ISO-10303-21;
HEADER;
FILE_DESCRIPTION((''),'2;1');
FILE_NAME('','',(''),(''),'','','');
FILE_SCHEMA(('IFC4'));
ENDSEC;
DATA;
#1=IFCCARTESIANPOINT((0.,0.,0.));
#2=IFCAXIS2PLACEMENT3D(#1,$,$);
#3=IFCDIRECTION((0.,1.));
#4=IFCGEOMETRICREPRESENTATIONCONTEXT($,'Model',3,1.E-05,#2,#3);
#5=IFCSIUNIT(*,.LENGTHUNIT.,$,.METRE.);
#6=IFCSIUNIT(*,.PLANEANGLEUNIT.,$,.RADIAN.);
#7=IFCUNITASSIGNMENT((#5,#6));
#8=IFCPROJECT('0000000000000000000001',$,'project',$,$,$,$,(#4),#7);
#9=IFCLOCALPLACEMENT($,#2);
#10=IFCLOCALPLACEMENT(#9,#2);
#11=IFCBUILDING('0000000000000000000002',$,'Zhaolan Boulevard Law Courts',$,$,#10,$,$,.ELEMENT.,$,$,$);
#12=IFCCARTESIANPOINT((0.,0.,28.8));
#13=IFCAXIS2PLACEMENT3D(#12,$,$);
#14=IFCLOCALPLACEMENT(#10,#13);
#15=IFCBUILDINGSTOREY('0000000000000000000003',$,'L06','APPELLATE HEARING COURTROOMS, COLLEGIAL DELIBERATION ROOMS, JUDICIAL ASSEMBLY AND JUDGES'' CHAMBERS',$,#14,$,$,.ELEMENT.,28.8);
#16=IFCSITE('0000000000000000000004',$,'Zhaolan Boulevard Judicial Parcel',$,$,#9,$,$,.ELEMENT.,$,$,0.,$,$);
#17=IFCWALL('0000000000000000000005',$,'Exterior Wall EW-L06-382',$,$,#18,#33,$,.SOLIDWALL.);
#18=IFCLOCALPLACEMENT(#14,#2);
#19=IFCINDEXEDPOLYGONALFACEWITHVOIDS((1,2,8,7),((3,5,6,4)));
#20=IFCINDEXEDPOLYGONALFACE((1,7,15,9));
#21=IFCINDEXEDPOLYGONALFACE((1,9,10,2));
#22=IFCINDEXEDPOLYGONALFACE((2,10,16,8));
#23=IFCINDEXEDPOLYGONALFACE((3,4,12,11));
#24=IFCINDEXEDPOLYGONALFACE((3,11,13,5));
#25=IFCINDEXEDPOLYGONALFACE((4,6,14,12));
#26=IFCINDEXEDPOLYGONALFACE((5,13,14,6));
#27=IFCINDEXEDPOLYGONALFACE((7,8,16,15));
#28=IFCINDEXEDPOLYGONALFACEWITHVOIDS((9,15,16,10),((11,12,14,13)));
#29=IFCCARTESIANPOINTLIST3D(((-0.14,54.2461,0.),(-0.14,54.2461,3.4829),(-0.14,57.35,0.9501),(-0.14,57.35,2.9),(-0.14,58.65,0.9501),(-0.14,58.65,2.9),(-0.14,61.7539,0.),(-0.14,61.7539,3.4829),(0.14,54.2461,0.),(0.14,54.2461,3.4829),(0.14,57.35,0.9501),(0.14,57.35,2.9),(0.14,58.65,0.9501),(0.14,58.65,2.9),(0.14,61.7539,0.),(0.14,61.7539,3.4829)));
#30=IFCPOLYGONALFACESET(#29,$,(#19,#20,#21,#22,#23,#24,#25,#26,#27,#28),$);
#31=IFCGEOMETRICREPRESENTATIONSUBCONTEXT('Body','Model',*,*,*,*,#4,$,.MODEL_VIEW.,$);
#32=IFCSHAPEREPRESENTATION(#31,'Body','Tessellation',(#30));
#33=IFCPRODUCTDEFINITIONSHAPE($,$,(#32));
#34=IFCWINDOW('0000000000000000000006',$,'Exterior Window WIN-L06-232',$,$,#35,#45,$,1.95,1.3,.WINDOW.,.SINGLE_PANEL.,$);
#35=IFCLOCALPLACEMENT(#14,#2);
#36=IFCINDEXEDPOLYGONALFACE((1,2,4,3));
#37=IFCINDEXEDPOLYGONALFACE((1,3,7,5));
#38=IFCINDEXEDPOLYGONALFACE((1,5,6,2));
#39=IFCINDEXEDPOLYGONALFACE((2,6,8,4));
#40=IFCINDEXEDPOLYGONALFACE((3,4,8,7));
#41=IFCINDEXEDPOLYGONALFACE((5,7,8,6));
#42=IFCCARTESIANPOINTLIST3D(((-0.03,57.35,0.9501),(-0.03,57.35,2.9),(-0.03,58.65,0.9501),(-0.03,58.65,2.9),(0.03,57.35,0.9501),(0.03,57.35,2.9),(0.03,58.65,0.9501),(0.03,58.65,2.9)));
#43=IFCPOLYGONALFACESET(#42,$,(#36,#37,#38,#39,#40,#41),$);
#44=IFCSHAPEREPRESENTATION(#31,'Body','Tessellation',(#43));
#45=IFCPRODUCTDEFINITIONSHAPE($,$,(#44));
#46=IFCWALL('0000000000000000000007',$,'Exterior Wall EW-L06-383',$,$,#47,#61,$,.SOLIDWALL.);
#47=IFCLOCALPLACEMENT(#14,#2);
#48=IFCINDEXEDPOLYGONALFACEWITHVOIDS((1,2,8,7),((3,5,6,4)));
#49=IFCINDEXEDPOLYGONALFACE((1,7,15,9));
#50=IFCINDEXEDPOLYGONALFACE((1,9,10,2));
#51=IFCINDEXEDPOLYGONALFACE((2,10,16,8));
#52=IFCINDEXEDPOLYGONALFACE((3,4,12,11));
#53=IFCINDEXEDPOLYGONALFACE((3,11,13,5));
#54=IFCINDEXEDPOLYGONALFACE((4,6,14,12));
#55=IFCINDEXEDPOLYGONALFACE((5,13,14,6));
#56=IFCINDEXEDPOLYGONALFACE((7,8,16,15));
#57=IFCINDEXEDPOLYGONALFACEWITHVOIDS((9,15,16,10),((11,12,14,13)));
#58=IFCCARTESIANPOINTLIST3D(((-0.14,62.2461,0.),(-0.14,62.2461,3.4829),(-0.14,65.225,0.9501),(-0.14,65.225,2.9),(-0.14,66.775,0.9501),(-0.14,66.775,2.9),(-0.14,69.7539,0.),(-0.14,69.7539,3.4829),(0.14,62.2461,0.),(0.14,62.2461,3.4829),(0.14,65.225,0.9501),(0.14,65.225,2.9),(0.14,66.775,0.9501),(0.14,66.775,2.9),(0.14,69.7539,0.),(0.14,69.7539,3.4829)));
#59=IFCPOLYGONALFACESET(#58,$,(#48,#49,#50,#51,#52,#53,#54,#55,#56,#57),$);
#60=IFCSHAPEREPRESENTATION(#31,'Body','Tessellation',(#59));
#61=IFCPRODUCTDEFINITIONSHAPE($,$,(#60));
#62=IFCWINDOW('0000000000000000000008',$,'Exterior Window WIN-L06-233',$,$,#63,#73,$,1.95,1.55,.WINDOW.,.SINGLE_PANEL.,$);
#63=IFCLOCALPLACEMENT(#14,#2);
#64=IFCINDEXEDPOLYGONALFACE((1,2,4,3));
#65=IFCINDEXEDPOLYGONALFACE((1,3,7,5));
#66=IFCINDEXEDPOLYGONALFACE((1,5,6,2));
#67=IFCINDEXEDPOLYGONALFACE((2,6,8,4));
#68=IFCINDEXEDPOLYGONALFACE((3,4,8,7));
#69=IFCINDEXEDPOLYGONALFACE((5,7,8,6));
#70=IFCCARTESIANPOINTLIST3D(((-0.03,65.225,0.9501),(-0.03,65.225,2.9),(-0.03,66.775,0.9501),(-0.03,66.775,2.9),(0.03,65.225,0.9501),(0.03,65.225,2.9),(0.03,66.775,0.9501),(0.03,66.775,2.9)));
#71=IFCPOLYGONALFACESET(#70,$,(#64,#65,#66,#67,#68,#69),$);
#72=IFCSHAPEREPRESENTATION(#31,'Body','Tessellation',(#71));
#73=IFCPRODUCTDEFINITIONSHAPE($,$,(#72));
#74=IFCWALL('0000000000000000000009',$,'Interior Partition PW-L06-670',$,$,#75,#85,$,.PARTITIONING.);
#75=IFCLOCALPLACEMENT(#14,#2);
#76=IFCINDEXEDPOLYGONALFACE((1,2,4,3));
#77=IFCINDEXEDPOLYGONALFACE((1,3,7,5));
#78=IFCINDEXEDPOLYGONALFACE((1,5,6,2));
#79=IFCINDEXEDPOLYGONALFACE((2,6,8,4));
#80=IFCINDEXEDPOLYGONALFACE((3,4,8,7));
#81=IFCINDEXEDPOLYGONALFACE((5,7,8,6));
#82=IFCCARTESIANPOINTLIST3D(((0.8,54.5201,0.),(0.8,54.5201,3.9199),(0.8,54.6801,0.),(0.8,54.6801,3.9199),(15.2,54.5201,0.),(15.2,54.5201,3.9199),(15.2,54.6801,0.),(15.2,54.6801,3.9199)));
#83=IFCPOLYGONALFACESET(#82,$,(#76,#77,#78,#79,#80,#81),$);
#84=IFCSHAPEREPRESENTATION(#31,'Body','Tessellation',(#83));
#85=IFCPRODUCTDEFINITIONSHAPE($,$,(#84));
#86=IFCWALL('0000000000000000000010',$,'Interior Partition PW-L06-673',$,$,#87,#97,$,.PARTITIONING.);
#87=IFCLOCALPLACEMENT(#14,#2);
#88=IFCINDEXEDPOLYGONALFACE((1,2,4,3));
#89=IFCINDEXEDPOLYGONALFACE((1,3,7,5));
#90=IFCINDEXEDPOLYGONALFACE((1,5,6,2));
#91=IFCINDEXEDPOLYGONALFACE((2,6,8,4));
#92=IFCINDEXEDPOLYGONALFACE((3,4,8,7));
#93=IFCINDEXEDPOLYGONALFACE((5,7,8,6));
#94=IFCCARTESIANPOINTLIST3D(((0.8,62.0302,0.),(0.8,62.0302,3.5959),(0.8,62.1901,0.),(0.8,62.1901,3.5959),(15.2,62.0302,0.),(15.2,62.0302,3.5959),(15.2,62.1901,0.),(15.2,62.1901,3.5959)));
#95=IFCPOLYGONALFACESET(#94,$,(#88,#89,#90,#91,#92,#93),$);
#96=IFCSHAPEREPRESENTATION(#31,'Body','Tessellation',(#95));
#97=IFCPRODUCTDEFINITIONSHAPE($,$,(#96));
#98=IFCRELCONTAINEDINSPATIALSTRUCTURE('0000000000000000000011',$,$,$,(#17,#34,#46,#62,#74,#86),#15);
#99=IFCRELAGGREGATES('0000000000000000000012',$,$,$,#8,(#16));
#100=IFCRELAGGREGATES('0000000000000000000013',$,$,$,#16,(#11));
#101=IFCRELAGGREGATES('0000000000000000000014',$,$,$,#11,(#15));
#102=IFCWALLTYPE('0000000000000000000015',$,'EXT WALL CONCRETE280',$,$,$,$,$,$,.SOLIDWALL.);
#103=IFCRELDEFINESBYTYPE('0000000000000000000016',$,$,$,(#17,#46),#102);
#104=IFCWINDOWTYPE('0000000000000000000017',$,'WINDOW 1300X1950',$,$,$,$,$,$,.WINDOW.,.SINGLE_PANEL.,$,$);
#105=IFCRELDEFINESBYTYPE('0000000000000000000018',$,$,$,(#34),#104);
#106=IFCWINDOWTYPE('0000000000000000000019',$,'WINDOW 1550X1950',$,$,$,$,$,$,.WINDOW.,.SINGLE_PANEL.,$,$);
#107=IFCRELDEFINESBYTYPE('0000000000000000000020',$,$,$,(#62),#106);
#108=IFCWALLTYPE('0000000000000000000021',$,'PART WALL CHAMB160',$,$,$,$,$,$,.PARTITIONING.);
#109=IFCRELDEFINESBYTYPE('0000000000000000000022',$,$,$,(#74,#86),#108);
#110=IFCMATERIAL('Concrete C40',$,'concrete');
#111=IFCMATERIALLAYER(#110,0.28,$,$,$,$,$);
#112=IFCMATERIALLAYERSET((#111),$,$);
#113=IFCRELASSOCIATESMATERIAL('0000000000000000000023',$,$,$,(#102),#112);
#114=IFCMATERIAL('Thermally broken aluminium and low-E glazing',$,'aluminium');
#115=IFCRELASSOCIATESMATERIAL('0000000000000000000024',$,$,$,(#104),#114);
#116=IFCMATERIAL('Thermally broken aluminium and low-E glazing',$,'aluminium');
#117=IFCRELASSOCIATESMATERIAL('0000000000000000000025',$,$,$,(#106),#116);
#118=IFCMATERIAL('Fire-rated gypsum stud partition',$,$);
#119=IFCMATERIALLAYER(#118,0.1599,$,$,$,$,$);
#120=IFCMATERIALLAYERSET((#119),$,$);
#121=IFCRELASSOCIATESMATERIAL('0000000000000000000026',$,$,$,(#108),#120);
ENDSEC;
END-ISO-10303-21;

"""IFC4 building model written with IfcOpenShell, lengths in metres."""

from ifc_helpers import new_model, si_unit, direction, frame, frame_2d, origin, place, context, subcontext, project, spatial, rectangle, extrude, material, layer, layer_set, type_object, element, fill, save


model = new_model("IFC4")

# Units and contexts
model_context = context("Model", 3, precision=1e-05, world=origin(), true_north=direction((0.0, 1.0)))
body_context = subcontext(model_context, "Body", "Model", "MODEL_VIEW")
ifc_project = project(units=[si_unit("LENGTHUNIT", "METRE"), si_unit("PLANEANGLEUNIT", "RADIAN")], contexts=[model_context])

# Site, building, storey
site_placement = place(None, origin())
site = spatial("IfcSite", under=ifc_project, at=site_placement, Name="Zhaolan Boulevard Judicial Parcel", CompositionType="ELEMENT", RefElevation=0.0)
building_placement = place(site_placement, origin())
building = spatial("IfcBuilding", under=site, at=building_placement, Name="Zhaolan Boulevard Law Courts", CompositionType="ELEMENT")
storey_placement = place(building_placement, frame((0.0, 0.0, 28.8)))
storey = spatial("IfcBuildingStorey", under=building, at=storey_placement, Name="L06", Description="APPELLATE HEARING COURTROOMS, COLLEGIAL DELIBERATION ROOMS, JUDICIAL ASSEMBLY AND JUDGES' CHAMBERS", CompositionType="ELEMENT", Elevation=28.8)

# Walls, openings, windows
ifc_material_1 = material(Name="Concrete C40", Category="concrete")
ifc_layer_1 = layer(ifc_material_1, 0.28)
ifc_layer_set_1 = layer_set([ifc_layer_1])
wall_type_1 = type_object("IfcWallType", Name="EXT WALL CONCRETE280", PredefinedType="SOLIDWALL", material=ifc_layer_set_1)
wall_1_placement = place(storey_placement, frame((0.0, 61.7539, 0.0), z_axis=(0.0, 0.0, 1.0), x_axis=(0.0, -1.0, 0.0)))
wall_1 = element("IfcWall", 1, at=wall_1_placement, inside=storey, type_object=wall_type_1, Name="Exterior Wall EW-L06-382", PredefinedType="SOLIDWALL", context=body_context, shape_type="SweptSolid", body=[
    extrude(rectangle(XDim=7.5078, YDim=0.28, at=frame_2d((3.7539, 0.0))), origin(), (0.0, 0.0, 1.0), 3.4829),
])
opening_1_placement = place(wall_1_placement, frame((3.104, 0.0, 0.95)))
opening_1 = element("IfcOpeningElement", 2, at=opening_1_placement, cuts=wall_1, PredefinedType="OPENING", context=body_context, shape_type="SweptSolid", body=[
    extrude(rectangle(XDim=1.3, YDim=1.95, at=frame_2d((0.6499, 0.9751))), frame((0.0, 0.1499, 0.0), z_axis=(0.0, -1.0, 0.0), x_axis=(1.0, 0.0, 0.0)), (0.0, 0.0, 1.0), 0.3),
])
ifc_material_2 = material(Name="Thermally broken aluminium and low-E glazing", Category="aluminium")
window_type_1 = type_object("IfcWindowType", Name="WINDOW 1300X1950", PartitioningType="SINGLE_PANEL", PredefinedType="WINDOW", material=ifc_material_2)
window_1_placement = place(opening_1_placement, origin())
window_1 = element("IfcWindow", 3, at=window_1_placement, inside=storey, type_object=window_type_1, Name="Exterior Window WIN-L06-232", OverallHeight=1.95, OverallWidth=1.3, PartitioningType="SINGLE_PANEL", PredefinedType="WINDOW", context=body_context, shape_type="SweptSolid", body=[
    extrude(rectangle(XDim=1.3, YDim=1.95, at=frame_2d((0.6499, 0.9751))), frame((0.0, 0.03, 0.0), z_axis=(0.0, -1.0, 0.0), x_axis=(1.0, 0.0, 0.0)), (0.0, 0.0, 1.0), 0.0601),
])
fill(opening_1, window_1)
wall_2_placement = place(storey_placement, frame((0.0, 69.7539, 0.0), z_axis=(0.0, 0.0, 1.0), x_axis=(0.0, -1.0, 0.0)))
wall_2 = element("IfcWall", 4, at=wall_2_placement, inside=storey, type_object=wall_type_1, Name="Exterior Wall EW-L06-383", PredefinedType="SOLIDWALL", context=body_context, shape_type="SweptSolid", body=[
    extrude(rectangle(XDim=7.5078, YDim=0.28, at=frame_2d((3.7539, 0.0))), origin(), (0.0, 0.0, 1.0), 3.4829),
])
opening_2_placement = place(wall_2_placement, frame((2.979, 0.0, 0.95)))
opening_2 = element("IfcOpeningElement", 5, at=opening_2_placement, cuts=wall_2, PredefinedType="OPENING", context=body_context, shape_type="SweptSolid", body=[
    extrude(rectangle(XDim=1.55, YDim=1.95, at=frame_2d((0.7749, 0.9751))), frame((0.0, 0.1499, 0.0), z_axis=(0.0, -1.0, 0.0), x_axis=(1.0, 0.0, 0.0)), (0.0, 0.0, 1.0), 0.3),
])
ifc_material_3 = material(Name="Thermally broken aluminium and low-E glazing", Category="aluminium")
window_type_2 = type_object("IfcWindowType", Name="WINDOW 1550X1950", PartitioningType="SINGLE_PANEL", PredefinedType="WINDOW", material=ifc_material_3)
window_2_placement = place(opening_2_placement, origin())
window_2 = element("IfcWindow", 6, at=window_2_placement, inside=storey, type_object=window_type_2, Name="Exterior Window WIN-L06-233", OverallHeight=1.95, OverallWidth=1.55, PartitioningType="SINGLE_PANEL", PredefinedType="WINDOW", context=body_context, shape_type="SweptSolid", body=[
    extrude(rectangle(XDim=1.55, YDim=1.95, at=frame_2d((0.7749, 0.9751))), frame((0.0, 0.03, 0.0), z_axis=(0.0, -1.0, 0.0), x_axis=(1.0, 0.0, 0.0)), (0.0, 0.0, 1.0), 0.0601),
])
fill(opening_2, window_2)

# Walls
ifc_material_4 = material(Name="Fire-rated gypsum stud partition")
ifc_layer_2 = layer(ifc_material_4, 0.1599)
ifc_layer_set_2 = layer_set([ifc_layer_2])
wall_type_2 = type_object("IfcWallType", Name="PART WALL CHAMB160", PredefinedType="PARTITIONING", material=ifc_layer_set_2)
wall_3_placement = place(storey_placement, frame((0.8, 54.6001, 0.0), z_axis=(0.0, 0.0, 1.0), x_axis=(1.0, 0.0, 0.0)))
element("IfcWall", 7, at=wall_3_placement, inside=storey, type_object=wall_type_2, Name="Interior Partition PW-L06-670", PredefinedType="PARTITIONING", context=body_context, shape_type="SweptSolid", body=[
    extrude(rectangle(XDim=14.3999, YDim=0.1599, at=frame_2d((7.2, 0.0))), origin(), (0.0, 0.0, 1.0), 3.9199),
])
wall_4_placement = place(storey_placement, frame((0.8, 62.1101, 0.0), z_axis=(0.0, 0.0, 1.0), x_axis=(1.0, 0.0, 0.0)))
element("IfcWall", 8, at=wall_4_placement, inside=storey, type_object=wall_type_2, Name="Interior Partition PW-L06-673", PredefinedType="PARTITIONING", context=body_context, shape_type="SweptSolid", body=[
    extrude(rectangle(XDim=14.3999, YDim=0.1599, at=frame_2d((7.2, 0.0))), origin(), (0.0, 0.0, 1.0), 3.5959),
])

save(model, "model.ifc")
